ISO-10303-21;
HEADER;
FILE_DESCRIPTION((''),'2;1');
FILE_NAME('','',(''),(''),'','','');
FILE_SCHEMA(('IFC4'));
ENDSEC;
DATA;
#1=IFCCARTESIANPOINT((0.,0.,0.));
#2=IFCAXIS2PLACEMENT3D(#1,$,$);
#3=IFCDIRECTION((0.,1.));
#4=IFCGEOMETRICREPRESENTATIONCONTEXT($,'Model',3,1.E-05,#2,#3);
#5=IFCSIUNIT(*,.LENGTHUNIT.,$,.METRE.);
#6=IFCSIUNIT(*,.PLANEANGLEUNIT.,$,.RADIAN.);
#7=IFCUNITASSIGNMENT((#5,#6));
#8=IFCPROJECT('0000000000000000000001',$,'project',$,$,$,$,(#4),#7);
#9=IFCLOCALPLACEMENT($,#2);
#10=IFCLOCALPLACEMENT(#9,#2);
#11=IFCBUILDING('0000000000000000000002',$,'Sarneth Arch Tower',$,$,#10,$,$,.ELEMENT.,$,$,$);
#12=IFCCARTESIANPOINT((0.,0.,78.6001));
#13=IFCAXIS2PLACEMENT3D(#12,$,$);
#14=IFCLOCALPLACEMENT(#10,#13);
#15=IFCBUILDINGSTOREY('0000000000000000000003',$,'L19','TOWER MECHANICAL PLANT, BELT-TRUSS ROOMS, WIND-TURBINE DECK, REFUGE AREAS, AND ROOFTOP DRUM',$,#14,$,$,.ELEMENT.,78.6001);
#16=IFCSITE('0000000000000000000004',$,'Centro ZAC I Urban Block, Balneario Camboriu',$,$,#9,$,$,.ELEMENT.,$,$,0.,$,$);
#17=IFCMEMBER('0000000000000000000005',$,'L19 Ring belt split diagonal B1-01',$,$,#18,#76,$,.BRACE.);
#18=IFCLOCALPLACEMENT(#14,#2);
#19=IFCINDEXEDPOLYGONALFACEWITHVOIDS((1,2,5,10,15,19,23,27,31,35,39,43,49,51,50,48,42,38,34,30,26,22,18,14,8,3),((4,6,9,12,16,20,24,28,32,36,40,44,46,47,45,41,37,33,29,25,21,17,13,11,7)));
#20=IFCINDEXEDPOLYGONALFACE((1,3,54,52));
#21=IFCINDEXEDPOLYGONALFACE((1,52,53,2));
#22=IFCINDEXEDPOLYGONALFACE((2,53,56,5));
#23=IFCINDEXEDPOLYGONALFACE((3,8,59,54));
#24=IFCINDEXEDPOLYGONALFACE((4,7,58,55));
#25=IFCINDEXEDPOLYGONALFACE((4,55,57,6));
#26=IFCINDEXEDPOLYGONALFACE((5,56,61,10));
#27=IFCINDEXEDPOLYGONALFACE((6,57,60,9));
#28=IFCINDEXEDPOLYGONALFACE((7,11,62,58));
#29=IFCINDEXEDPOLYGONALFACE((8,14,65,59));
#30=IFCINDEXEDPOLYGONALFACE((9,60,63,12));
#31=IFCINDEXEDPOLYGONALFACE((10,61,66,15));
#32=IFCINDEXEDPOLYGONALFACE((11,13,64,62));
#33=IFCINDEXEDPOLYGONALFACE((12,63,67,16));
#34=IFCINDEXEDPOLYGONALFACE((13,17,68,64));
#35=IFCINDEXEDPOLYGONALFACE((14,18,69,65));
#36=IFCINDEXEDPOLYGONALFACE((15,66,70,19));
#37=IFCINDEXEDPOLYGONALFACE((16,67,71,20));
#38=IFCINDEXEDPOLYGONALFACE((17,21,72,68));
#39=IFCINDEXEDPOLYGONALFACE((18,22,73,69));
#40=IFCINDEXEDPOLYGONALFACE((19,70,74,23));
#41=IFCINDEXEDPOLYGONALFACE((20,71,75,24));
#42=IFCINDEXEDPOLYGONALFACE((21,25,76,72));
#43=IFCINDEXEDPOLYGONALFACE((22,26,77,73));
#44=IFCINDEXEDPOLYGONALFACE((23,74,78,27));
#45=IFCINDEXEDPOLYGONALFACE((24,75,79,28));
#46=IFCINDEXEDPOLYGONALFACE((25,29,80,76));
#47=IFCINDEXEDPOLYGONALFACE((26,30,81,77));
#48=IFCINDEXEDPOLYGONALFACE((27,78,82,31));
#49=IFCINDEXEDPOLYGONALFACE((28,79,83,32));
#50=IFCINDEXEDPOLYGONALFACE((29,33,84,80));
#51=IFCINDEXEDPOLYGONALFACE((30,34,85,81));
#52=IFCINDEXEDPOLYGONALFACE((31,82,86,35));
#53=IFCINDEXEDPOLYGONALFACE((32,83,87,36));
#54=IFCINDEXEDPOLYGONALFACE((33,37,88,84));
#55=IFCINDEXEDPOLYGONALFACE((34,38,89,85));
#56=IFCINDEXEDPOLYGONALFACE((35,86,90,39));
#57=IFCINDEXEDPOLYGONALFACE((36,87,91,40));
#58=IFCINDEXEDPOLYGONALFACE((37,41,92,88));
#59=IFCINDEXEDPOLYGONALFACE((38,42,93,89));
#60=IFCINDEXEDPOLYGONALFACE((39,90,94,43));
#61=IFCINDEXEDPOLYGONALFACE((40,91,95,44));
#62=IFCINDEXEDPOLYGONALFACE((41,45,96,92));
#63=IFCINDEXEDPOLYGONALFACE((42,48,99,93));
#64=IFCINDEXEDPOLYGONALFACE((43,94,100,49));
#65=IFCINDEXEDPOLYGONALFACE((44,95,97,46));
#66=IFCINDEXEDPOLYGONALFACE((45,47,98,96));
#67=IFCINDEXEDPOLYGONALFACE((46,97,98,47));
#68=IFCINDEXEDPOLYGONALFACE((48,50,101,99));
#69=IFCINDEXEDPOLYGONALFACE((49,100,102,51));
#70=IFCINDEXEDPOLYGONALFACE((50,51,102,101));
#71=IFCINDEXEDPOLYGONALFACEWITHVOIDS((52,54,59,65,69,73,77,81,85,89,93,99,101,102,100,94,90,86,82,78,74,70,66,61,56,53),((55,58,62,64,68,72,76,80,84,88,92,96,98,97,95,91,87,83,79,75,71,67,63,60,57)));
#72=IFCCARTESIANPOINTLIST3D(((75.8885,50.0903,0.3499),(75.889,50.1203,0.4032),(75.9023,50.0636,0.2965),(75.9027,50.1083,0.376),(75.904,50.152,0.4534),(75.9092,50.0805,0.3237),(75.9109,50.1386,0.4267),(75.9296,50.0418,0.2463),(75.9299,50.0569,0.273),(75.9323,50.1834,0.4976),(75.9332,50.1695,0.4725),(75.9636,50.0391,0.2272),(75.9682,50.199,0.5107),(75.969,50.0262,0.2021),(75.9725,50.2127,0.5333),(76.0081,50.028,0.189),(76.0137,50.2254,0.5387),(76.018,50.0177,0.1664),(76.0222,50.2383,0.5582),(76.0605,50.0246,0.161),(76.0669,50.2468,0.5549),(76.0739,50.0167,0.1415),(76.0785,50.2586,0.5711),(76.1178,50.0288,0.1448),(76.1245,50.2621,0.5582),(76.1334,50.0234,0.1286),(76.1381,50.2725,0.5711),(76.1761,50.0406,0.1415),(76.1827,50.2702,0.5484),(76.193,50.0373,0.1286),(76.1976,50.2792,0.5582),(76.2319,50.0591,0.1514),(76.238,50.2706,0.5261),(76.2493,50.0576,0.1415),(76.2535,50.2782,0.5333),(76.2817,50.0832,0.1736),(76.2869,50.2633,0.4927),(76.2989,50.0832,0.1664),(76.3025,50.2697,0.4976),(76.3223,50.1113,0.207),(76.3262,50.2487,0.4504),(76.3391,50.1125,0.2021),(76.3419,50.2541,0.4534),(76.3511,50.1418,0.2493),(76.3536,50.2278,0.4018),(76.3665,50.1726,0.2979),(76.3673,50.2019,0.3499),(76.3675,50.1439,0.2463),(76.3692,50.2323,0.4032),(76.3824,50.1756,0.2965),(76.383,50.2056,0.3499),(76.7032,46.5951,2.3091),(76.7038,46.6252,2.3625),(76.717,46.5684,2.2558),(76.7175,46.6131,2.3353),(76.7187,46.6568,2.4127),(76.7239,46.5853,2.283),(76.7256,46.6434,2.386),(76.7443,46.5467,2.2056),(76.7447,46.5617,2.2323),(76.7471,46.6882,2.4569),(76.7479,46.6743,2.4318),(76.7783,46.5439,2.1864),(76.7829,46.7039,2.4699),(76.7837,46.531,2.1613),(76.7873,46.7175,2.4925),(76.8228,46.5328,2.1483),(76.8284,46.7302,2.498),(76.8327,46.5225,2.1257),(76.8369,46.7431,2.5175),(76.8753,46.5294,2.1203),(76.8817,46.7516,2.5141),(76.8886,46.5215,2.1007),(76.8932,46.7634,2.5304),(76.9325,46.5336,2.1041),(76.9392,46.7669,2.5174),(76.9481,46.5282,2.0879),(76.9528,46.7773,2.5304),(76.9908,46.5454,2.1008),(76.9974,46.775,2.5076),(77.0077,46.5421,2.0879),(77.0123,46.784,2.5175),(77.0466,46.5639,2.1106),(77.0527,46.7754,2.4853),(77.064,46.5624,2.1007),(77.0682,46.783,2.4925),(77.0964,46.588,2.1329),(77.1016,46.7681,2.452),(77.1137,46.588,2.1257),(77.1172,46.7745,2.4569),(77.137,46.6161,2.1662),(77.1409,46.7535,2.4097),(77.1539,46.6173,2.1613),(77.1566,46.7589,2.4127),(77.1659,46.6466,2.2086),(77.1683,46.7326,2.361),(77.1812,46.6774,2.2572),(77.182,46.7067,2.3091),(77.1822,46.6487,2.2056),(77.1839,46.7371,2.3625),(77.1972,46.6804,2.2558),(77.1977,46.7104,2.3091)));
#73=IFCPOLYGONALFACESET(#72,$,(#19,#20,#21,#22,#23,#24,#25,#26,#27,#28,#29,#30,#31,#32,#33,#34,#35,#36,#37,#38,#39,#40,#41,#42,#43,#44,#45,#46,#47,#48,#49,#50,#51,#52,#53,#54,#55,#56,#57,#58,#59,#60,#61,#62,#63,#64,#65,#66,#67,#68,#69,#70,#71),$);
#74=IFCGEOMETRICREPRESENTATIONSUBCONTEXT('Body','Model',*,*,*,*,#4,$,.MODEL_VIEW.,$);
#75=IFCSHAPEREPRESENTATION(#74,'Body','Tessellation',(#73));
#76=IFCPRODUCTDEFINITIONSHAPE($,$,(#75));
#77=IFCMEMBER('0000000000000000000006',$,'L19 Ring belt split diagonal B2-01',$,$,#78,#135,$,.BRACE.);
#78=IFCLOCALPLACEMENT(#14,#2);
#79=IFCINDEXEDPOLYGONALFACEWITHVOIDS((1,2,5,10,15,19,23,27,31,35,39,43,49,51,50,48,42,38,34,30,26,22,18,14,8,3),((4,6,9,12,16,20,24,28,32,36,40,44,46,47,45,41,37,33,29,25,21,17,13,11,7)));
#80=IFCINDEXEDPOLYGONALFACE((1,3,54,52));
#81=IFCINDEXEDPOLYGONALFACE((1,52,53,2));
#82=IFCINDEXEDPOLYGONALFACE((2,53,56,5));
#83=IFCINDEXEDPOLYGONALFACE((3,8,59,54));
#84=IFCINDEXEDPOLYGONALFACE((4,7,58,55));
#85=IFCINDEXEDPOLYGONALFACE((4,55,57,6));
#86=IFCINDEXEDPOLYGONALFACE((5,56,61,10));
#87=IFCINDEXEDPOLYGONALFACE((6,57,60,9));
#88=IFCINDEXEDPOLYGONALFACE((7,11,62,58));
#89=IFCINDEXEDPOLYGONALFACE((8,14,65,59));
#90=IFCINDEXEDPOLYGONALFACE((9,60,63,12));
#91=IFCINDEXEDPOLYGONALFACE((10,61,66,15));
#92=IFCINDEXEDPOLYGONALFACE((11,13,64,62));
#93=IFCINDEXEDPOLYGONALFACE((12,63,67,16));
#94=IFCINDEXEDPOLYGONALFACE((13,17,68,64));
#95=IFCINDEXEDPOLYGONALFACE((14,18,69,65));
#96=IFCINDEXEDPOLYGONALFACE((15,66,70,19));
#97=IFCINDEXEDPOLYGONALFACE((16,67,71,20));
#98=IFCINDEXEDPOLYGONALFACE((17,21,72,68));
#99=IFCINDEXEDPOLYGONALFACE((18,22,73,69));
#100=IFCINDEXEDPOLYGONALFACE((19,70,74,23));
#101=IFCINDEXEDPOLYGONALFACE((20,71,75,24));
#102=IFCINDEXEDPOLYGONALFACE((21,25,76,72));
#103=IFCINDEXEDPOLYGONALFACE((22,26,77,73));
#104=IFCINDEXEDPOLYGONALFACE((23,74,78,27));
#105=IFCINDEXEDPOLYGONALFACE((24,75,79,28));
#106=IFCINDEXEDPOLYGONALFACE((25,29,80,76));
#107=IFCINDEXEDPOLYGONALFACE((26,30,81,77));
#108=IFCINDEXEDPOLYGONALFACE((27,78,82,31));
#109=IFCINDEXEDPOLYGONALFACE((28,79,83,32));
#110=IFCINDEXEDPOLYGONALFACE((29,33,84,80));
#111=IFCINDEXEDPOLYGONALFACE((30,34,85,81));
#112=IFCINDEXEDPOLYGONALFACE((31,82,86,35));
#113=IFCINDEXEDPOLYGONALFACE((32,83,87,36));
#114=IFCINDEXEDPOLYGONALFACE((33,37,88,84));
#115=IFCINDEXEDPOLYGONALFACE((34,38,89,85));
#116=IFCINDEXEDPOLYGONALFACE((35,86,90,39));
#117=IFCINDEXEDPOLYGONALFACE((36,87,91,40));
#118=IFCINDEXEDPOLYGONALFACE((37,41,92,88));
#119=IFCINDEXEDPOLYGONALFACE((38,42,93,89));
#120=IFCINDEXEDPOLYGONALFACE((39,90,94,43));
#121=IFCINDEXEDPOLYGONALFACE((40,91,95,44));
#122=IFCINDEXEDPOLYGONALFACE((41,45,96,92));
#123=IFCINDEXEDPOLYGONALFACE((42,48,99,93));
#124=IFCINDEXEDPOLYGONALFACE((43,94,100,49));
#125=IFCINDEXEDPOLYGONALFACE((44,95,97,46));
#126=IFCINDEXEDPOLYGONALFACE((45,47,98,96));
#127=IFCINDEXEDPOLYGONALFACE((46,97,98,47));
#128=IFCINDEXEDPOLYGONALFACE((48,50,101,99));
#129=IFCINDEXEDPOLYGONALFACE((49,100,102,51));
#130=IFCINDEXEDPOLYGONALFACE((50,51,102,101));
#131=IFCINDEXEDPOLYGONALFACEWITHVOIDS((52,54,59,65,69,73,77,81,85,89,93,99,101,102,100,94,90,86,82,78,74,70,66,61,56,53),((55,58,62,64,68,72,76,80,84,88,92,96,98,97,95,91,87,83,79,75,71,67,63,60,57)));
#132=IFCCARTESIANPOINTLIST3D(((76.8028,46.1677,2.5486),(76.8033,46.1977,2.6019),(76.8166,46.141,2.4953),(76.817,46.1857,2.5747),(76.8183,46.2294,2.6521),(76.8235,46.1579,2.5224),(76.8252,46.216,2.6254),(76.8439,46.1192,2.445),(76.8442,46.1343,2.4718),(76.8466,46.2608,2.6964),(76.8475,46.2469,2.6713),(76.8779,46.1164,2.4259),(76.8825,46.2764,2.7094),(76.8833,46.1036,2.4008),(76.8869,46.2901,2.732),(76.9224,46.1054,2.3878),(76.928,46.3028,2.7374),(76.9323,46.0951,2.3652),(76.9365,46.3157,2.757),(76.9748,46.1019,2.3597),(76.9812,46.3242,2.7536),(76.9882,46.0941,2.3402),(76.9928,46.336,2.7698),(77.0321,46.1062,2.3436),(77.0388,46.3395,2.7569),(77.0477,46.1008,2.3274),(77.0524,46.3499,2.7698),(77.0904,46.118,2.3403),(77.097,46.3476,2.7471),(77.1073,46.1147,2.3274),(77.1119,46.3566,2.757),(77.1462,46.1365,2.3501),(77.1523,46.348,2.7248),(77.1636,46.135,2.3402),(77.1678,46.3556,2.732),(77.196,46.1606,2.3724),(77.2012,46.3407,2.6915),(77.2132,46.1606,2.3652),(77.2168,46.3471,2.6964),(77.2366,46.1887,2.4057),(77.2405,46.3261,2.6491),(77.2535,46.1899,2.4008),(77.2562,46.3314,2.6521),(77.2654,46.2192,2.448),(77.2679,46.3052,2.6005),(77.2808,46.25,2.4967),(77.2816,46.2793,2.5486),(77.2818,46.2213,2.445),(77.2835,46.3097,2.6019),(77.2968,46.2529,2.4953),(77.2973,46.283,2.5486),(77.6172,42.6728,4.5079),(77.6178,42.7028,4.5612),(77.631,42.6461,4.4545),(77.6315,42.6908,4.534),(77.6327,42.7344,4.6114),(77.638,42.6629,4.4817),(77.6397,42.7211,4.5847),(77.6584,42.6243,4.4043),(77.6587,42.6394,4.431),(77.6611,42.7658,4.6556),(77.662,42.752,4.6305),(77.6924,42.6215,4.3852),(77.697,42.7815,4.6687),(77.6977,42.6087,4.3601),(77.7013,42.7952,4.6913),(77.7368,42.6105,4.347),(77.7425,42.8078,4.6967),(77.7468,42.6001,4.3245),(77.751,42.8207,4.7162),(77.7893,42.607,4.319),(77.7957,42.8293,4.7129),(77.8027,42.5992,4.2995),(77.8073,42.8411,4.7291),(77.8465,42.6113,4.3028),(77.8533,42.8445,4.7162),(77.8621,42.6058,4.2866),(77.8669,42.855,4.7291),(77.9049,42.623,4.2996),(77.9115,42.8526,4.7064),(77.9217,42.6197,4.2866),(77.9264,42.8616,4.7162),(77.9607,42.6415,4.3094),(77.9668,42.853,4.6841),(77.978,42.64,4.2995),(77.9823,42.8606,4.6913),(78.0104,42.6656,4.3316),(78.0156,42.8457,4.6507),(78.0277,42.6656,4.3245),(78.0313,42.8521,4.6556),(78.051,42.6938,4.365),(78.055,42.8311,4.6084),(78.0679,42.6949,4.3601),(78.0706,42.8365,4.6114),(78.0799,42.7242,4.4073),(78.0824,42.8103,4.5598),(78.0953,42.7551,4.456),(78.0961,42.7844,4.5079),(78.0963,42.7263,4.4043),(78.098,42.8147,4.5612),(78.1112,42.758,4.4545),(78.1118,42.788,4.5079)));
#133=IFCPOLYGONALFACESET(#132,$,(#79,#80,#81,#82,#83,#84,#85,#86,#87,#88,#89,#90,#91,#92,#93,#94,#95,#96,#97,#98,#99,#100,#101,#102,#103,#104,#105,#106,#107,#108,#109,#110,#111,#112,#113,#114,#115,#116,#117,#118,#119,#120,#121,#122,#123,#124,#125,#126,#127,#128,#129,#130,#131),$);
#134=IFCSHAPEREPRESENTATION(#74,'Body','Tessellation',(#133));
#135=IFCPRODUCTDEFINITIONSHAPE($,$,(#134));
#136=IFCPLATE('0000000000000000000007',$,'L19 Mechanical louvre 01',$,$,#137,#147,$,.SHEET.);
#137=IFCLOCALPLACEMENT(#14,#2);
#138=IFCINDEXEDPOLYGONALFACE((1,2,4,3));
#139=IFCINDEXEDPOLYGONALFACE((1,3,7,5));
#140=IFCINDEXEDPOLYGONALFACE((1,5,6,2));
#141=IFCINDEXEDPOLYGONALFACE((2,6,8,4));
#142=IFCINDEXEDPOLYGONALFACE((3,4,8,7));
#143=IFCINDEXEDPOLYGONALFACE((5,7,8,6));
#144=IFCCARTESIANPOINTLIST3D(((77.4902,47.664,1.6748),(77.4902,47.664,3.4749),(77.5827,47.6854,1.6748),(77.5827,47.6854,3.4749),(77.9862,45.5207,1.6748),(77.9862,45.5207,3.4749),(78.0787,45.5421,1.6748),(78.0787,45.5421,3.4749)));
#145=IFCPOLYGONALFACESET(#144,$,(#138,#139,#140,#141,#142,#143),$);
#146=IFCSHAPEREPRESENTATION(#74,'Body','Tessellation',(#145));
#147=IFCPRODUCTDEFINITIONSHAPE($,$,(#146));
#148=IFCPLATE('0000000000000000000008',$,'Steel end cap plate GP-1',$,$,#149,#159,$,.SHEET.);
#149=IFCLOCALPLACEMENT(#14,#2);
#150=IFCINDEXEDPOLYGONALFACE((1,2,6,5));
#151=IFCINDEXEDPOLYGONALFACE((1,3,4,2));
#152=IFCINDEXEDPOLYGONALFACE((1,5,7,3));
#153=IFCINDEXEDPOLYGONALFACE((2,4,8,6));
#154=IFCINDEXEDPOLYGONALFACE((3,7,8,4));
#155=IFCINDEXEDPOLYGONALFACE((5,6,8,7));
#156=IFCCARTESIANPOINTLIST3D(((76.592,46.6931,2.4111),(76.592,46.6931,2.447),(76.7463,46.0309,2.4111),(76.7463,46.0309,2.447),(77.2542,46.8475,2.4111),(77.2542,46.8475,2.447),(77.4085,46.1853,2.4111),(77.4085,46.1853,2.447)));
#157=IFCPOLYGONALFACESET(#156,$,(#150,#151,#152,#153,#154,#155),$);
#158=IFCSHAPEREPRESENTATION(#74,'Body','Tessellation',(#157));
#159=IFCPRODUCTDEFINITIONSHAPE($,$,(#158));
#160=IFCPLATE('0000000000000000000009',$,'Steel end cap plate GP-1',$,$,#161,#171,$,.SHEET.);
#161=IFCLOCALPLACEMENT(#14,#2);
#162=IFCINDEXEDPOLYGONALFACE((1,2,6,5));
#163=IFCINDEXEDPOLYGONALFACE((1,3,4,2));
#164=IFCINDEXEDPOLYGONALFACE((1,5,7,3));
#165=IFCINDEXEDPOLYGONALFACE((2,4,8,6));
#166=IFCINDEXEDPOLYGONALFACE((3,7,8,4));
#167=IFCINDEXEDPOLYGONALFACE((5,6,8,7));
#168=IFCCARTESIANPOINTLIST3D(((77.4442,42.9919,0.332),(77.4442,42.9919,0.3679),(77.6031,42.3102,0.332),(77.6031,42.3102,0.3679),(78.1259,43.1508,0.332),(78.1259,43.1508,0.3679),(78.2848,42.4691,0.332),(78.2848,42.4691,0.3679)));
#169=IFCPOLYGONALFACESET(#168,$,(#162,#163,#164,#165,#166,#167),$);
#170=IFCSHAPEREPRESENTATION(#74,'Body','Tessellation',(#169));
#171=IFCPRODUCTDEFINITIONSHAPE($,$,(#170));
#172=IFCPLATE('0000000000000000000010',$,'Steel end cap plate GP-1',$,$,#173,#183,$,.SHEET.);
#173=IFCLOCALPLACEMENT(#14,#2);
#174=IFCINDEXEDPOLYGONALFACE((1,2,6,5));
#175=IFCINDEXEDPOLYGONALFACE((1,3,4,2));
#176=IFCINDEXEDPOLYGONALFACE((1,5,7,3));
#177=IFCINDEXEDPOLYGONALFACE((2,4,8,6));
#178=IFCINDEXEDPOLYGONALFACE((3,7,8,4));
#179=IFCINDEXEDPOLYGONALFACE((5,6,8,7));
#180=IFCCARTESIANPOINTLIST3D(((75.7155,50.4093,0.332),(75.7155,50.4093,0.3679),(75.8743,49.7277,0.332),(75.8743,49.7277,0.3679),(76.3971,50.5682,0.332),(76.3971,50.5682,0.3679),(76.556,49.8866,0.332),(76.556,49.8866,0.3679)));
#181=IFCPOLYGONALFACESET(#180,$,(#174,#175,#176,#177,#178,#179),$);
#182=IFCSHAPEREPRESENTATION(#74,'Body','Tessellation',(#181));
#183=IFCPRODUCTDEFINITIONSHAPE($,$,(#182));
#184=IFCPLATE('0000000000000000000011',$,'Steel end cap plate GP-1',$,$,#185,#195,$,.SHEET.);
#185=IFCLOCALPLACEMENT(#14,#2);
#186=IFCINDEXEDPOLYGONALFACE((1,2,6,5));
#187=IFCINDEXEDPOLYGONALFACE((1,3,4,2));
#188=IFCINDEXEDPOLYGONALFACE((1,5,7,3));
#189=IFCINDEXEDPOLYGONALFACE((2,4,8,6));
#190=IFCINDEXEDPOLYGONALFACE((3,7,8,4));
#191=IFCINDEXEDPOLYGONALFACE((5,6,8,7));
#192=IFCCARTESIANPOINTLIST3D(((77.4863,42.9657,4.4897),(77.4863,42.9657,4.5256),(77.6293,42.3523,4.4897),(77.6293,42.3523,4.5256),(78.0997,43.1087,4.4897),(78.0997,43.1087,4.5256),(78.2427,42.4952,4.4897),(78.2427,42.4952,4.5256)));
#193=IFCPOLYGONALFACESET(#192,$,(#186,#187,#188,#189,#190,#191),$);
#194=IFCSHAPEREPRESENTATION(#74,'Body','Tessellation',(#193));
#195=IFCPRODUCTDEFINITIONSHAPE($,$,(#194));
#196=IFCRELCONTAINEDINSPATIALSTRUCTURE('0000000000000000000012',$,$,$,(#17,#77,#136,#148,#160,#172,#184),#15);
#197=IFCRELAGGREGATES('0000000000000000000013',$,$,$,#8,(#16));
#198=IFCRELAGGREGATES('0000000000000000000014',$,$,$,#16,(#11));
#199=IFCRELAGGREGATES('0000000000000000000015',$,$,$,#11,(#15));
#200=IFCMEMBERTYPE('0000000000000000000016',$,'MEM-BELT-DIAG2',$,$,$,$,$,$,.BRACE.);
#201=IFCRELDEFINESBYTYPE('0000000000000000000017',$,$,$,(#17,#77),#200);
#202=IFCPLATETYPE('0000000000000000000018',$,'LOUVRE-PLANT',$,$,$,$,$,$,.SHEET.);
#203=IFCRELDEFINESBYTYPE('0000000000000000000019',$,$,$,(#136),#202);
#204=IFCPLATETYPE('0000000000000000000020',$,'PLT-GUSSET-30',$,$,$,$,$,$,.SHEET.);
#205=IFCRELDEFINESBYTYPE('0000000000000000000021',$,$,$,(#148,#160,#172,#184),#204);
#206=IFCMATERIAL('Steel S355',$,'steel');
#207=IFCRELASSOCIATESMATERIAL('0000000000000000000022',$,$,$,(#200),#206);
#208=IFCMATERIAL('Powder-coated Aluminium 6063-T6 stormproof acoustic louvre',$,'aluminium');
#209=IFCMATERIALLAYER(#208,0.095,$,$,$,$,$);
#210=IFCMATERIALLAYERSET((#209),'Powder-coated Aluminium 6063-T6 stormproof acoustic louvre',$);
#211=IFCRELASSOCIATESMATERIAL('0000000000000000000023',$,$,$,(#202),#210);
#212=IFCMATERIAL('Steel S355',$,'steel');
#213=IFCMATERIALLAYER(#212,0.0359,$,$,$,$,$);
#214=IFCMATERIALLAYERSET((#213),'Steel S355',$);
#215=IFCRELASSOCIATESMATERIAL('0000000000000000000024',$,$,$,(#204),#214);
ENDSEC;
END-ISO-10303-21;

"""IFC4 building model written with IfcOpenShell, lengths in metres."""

from ifc_helpers import new_model, si_unit, direction, frame, origin, origin_2d, place, context, subcontext, project, spatial, rectangle, hollow_circle, extrude, material, layer, layer_set, material_profile, profile_set, type_object, element, save


model = new_model("IFC4")

# Units and contexts
model_context = context("Model", 3, precision=1e-05, world=origin(), true_north=direction((0.0, 1.0)))
body_context = subcontext(model_context, "Body", "Model", "MODEL_VIEW")
ifc_project = project(units=[si_unit("LENGTHUNIT", "METRE"), si_unit("PLANEANGLEUNIT", "RADIAN")], contexts=[model_context])

# Site, building, storey
site_placement = place(None, origin())
site = spatial("IfcSite", under=ifc_project, at=site_placement, Name="Centro ZAC I Urban Block, Balneario Camboriu", CompositionType="ELEMENT", RefElevation=0.0)
building_placement = place(site_placement, origin())
building = spatial("IfcBuilding", under=site, at=building_placement, Name="Sarneth Arch Tower", CompositionType="ELEMENT")
storey_placement = place(building_placement, frame((0.0, 0.0, 78.6001)))
storey = spatial("IfcBuildingStorey", under=building, at=storey_placement, Name="L19", Description="TOWER MECHANICAL PLANT, BELT-TRUSS ROOMS, WIND-TURBINE DECK, REFUGE AREAS, AND ROOFTOP DRUM", CompositionType="ELEMENT", Elevation=78.6001)

# Members
ifc_material_1 = material(Name="Steel S355", Category="steel")
ifc_material_profile_1 = material_profile(ifc_material_1, hollow_circle(Radius=0.2539, WallThickness=0.0161, at=origin_2d()), Name="CHS508x16")
ifc_profile_set_1 = profile_set([ifc_material_profile_1], Name="Steel S355")
member_type_1 = type_object("IfcMemberType", Name="MEM-BELT-DIAG2", PredefinedType="BRACE", material=ifc_profile_set_1)
member_1_placement = place(storey_placement, frame((76.1357, 50.1479, 0.3499), z_axis=(0.199252, -0.854806, 0.479171), x_axis=(0.973892, 0.22701, 0.0)))
element("IfcMember", 1, at=member_1_placement, inside=storey, type_object=member_type_1, Name="L19 Ring belt split diagonal B1-01", PredefinedType="BRACE", context=body_context, shape_type="SweptSolid", body=[
    extrude(hollow_circle(Radius=0.2539, WallThickness=0.0161, at=origin_2d()), origin(), (0.0, 0.0, 1.0), 4.0889),
])
member_2_placement = place(storey_placement, frame((77.05, 46.2253, 2.5486), z_axis=(0.199205, -0.8548, 0.479202), x_axis=(0.973904, 0.226961, 0.0)))
element("IfcMember", 2, at=member_2_placement, inside=storey, type_object=member_type_1, Name="L19 Ring belt split diagonal B2-01", PredefinedType="BRACE", context=body_context, shape_type="SweptSolid", body=[
    extrude(hollow_circle(Radius=0.2539, WallThickness=0.0161, at=origin_2d()), origin(), (0.0, 0.0, 1.0), 4.0886),
])

# Plates
ifc_material_2 = material(Name="Powder-coated Aluminium 6063-T6 stormproof acoustic louvre", Category="aluminium")
ifc_layer_1 = layer(ifc_material_2, 0.095)
ifc_layer_set_1 = layer_set([ifc_layer_1], Name="Powder-coated Aluminium 6063-T6 stormproof acoustic louvre")
plate_type_1 = type_object("IfcPlateType", Name="LOUVRE-PLANT", PredefinedType="SHEET", material=ifc_layer_set_1)
plate_1_placement = place(storey_placement, frame((77.7844, 46.603, 1.6748), z_axis=(0.0, 0.0, 1.0), x_axis=(-0.225461, 0.974252, 0.0)))
element("IfcPlate", 3, at=plate_1_placement, inside=storey, type_object=plate_type_1, Name="L19 Mechanical louvre 01", PredefinedType="SHEET", context=body_context, shape_type="SweptSolid", body=[
    extrude(rectangle(XDim=2.2, YDim=0.095, at=origin_2d()), origin(), (0.0, 0.0, 1.0), 1.8),
])
ifc_material_3 = material(Name="Steel S355", Category="steel")
ifc_layer_2 = layer(ifc_material_3, 0.0359)
ifc_layer_set_2 = layer_set([ifc_layer_2], Name="Steel S355")
plate_type_2 = type_object("IfcPlateType", Name="PLT-GUSSET-30", PredefinedType="SHEET", material=ifc_layer_set_2)
plate_2_placement = place(storey_placement, frame((77.0002, 46.4392, 2.4111), z_axis=(0.0, 0.0, 1.0), x_axis=(-0.226991, 0.973897, 0.0)))
element("IfcPlate", 4, at=plate_2_placement, inside=storey, type_object=plate_type_2, Name="Steel end cap plate GP-1", PredefinedType="SHEET", context=body_context, shape_type="SweptSolid", body=[
    extrude(rectangle(XDim=0.6799, YDim=0.6799, at=origin_2d()), origin(), (0.0, 0.0, 1.0), 0.0359),
])
for number, where, z_axis, x_axis, name in (
    (5, (77.8645, 42.7305, 0.332), (0.0, 0.0, 1.0), (0.226991, -0.973897, 0.0), "Steel end cap plate GP-1"),
    (6, (76.1357, 50.1479, 0.332), (0.0, 0.0, 1.0), (-0.226991, 0.973897, 0.0), "Steel end cap plate GP-1"),
):
    element("IfcPlate", number, at=place(storey_placement, frame(where, z_axis=z_axis, x_axis=x_axis)), inside=storey, type_object=plate_type_2, Name=name, PredefinedType="SHEET", context=body_context, shape_type="SweptSolid", body=[
        extrude(rectangle(XDim=0.7, YDim=0.7, at=origin_2d()), origin(), (0.0, 0.0, 1.0), 0.0359),
    ])
for number, where, z_axis, x_axis, name in (
    (7, (77.8645, 42.7305, 4.4897), (0.0, 0.0, 1.0), (0.226991, -0.973897, 0.0), "Steel end cap plate GP-1"),
):
    element("IfcPlate", number, at=place(storey_placement, frame(where, z_axis=z_axis, x_axis=x_axis)), inside=storey, type_object=plate_type_2, Name=name, PredefinedType="SHEET", context=body_context, shape_type="SweptSolid", body=[
        extrude(rectangle(XDim=0.6299, YDim=0.6299, at=origin_2d()), origin(), (0.0, 0.0, 1.0), 0.0359),
    ])

save(model, "model.ifc")
